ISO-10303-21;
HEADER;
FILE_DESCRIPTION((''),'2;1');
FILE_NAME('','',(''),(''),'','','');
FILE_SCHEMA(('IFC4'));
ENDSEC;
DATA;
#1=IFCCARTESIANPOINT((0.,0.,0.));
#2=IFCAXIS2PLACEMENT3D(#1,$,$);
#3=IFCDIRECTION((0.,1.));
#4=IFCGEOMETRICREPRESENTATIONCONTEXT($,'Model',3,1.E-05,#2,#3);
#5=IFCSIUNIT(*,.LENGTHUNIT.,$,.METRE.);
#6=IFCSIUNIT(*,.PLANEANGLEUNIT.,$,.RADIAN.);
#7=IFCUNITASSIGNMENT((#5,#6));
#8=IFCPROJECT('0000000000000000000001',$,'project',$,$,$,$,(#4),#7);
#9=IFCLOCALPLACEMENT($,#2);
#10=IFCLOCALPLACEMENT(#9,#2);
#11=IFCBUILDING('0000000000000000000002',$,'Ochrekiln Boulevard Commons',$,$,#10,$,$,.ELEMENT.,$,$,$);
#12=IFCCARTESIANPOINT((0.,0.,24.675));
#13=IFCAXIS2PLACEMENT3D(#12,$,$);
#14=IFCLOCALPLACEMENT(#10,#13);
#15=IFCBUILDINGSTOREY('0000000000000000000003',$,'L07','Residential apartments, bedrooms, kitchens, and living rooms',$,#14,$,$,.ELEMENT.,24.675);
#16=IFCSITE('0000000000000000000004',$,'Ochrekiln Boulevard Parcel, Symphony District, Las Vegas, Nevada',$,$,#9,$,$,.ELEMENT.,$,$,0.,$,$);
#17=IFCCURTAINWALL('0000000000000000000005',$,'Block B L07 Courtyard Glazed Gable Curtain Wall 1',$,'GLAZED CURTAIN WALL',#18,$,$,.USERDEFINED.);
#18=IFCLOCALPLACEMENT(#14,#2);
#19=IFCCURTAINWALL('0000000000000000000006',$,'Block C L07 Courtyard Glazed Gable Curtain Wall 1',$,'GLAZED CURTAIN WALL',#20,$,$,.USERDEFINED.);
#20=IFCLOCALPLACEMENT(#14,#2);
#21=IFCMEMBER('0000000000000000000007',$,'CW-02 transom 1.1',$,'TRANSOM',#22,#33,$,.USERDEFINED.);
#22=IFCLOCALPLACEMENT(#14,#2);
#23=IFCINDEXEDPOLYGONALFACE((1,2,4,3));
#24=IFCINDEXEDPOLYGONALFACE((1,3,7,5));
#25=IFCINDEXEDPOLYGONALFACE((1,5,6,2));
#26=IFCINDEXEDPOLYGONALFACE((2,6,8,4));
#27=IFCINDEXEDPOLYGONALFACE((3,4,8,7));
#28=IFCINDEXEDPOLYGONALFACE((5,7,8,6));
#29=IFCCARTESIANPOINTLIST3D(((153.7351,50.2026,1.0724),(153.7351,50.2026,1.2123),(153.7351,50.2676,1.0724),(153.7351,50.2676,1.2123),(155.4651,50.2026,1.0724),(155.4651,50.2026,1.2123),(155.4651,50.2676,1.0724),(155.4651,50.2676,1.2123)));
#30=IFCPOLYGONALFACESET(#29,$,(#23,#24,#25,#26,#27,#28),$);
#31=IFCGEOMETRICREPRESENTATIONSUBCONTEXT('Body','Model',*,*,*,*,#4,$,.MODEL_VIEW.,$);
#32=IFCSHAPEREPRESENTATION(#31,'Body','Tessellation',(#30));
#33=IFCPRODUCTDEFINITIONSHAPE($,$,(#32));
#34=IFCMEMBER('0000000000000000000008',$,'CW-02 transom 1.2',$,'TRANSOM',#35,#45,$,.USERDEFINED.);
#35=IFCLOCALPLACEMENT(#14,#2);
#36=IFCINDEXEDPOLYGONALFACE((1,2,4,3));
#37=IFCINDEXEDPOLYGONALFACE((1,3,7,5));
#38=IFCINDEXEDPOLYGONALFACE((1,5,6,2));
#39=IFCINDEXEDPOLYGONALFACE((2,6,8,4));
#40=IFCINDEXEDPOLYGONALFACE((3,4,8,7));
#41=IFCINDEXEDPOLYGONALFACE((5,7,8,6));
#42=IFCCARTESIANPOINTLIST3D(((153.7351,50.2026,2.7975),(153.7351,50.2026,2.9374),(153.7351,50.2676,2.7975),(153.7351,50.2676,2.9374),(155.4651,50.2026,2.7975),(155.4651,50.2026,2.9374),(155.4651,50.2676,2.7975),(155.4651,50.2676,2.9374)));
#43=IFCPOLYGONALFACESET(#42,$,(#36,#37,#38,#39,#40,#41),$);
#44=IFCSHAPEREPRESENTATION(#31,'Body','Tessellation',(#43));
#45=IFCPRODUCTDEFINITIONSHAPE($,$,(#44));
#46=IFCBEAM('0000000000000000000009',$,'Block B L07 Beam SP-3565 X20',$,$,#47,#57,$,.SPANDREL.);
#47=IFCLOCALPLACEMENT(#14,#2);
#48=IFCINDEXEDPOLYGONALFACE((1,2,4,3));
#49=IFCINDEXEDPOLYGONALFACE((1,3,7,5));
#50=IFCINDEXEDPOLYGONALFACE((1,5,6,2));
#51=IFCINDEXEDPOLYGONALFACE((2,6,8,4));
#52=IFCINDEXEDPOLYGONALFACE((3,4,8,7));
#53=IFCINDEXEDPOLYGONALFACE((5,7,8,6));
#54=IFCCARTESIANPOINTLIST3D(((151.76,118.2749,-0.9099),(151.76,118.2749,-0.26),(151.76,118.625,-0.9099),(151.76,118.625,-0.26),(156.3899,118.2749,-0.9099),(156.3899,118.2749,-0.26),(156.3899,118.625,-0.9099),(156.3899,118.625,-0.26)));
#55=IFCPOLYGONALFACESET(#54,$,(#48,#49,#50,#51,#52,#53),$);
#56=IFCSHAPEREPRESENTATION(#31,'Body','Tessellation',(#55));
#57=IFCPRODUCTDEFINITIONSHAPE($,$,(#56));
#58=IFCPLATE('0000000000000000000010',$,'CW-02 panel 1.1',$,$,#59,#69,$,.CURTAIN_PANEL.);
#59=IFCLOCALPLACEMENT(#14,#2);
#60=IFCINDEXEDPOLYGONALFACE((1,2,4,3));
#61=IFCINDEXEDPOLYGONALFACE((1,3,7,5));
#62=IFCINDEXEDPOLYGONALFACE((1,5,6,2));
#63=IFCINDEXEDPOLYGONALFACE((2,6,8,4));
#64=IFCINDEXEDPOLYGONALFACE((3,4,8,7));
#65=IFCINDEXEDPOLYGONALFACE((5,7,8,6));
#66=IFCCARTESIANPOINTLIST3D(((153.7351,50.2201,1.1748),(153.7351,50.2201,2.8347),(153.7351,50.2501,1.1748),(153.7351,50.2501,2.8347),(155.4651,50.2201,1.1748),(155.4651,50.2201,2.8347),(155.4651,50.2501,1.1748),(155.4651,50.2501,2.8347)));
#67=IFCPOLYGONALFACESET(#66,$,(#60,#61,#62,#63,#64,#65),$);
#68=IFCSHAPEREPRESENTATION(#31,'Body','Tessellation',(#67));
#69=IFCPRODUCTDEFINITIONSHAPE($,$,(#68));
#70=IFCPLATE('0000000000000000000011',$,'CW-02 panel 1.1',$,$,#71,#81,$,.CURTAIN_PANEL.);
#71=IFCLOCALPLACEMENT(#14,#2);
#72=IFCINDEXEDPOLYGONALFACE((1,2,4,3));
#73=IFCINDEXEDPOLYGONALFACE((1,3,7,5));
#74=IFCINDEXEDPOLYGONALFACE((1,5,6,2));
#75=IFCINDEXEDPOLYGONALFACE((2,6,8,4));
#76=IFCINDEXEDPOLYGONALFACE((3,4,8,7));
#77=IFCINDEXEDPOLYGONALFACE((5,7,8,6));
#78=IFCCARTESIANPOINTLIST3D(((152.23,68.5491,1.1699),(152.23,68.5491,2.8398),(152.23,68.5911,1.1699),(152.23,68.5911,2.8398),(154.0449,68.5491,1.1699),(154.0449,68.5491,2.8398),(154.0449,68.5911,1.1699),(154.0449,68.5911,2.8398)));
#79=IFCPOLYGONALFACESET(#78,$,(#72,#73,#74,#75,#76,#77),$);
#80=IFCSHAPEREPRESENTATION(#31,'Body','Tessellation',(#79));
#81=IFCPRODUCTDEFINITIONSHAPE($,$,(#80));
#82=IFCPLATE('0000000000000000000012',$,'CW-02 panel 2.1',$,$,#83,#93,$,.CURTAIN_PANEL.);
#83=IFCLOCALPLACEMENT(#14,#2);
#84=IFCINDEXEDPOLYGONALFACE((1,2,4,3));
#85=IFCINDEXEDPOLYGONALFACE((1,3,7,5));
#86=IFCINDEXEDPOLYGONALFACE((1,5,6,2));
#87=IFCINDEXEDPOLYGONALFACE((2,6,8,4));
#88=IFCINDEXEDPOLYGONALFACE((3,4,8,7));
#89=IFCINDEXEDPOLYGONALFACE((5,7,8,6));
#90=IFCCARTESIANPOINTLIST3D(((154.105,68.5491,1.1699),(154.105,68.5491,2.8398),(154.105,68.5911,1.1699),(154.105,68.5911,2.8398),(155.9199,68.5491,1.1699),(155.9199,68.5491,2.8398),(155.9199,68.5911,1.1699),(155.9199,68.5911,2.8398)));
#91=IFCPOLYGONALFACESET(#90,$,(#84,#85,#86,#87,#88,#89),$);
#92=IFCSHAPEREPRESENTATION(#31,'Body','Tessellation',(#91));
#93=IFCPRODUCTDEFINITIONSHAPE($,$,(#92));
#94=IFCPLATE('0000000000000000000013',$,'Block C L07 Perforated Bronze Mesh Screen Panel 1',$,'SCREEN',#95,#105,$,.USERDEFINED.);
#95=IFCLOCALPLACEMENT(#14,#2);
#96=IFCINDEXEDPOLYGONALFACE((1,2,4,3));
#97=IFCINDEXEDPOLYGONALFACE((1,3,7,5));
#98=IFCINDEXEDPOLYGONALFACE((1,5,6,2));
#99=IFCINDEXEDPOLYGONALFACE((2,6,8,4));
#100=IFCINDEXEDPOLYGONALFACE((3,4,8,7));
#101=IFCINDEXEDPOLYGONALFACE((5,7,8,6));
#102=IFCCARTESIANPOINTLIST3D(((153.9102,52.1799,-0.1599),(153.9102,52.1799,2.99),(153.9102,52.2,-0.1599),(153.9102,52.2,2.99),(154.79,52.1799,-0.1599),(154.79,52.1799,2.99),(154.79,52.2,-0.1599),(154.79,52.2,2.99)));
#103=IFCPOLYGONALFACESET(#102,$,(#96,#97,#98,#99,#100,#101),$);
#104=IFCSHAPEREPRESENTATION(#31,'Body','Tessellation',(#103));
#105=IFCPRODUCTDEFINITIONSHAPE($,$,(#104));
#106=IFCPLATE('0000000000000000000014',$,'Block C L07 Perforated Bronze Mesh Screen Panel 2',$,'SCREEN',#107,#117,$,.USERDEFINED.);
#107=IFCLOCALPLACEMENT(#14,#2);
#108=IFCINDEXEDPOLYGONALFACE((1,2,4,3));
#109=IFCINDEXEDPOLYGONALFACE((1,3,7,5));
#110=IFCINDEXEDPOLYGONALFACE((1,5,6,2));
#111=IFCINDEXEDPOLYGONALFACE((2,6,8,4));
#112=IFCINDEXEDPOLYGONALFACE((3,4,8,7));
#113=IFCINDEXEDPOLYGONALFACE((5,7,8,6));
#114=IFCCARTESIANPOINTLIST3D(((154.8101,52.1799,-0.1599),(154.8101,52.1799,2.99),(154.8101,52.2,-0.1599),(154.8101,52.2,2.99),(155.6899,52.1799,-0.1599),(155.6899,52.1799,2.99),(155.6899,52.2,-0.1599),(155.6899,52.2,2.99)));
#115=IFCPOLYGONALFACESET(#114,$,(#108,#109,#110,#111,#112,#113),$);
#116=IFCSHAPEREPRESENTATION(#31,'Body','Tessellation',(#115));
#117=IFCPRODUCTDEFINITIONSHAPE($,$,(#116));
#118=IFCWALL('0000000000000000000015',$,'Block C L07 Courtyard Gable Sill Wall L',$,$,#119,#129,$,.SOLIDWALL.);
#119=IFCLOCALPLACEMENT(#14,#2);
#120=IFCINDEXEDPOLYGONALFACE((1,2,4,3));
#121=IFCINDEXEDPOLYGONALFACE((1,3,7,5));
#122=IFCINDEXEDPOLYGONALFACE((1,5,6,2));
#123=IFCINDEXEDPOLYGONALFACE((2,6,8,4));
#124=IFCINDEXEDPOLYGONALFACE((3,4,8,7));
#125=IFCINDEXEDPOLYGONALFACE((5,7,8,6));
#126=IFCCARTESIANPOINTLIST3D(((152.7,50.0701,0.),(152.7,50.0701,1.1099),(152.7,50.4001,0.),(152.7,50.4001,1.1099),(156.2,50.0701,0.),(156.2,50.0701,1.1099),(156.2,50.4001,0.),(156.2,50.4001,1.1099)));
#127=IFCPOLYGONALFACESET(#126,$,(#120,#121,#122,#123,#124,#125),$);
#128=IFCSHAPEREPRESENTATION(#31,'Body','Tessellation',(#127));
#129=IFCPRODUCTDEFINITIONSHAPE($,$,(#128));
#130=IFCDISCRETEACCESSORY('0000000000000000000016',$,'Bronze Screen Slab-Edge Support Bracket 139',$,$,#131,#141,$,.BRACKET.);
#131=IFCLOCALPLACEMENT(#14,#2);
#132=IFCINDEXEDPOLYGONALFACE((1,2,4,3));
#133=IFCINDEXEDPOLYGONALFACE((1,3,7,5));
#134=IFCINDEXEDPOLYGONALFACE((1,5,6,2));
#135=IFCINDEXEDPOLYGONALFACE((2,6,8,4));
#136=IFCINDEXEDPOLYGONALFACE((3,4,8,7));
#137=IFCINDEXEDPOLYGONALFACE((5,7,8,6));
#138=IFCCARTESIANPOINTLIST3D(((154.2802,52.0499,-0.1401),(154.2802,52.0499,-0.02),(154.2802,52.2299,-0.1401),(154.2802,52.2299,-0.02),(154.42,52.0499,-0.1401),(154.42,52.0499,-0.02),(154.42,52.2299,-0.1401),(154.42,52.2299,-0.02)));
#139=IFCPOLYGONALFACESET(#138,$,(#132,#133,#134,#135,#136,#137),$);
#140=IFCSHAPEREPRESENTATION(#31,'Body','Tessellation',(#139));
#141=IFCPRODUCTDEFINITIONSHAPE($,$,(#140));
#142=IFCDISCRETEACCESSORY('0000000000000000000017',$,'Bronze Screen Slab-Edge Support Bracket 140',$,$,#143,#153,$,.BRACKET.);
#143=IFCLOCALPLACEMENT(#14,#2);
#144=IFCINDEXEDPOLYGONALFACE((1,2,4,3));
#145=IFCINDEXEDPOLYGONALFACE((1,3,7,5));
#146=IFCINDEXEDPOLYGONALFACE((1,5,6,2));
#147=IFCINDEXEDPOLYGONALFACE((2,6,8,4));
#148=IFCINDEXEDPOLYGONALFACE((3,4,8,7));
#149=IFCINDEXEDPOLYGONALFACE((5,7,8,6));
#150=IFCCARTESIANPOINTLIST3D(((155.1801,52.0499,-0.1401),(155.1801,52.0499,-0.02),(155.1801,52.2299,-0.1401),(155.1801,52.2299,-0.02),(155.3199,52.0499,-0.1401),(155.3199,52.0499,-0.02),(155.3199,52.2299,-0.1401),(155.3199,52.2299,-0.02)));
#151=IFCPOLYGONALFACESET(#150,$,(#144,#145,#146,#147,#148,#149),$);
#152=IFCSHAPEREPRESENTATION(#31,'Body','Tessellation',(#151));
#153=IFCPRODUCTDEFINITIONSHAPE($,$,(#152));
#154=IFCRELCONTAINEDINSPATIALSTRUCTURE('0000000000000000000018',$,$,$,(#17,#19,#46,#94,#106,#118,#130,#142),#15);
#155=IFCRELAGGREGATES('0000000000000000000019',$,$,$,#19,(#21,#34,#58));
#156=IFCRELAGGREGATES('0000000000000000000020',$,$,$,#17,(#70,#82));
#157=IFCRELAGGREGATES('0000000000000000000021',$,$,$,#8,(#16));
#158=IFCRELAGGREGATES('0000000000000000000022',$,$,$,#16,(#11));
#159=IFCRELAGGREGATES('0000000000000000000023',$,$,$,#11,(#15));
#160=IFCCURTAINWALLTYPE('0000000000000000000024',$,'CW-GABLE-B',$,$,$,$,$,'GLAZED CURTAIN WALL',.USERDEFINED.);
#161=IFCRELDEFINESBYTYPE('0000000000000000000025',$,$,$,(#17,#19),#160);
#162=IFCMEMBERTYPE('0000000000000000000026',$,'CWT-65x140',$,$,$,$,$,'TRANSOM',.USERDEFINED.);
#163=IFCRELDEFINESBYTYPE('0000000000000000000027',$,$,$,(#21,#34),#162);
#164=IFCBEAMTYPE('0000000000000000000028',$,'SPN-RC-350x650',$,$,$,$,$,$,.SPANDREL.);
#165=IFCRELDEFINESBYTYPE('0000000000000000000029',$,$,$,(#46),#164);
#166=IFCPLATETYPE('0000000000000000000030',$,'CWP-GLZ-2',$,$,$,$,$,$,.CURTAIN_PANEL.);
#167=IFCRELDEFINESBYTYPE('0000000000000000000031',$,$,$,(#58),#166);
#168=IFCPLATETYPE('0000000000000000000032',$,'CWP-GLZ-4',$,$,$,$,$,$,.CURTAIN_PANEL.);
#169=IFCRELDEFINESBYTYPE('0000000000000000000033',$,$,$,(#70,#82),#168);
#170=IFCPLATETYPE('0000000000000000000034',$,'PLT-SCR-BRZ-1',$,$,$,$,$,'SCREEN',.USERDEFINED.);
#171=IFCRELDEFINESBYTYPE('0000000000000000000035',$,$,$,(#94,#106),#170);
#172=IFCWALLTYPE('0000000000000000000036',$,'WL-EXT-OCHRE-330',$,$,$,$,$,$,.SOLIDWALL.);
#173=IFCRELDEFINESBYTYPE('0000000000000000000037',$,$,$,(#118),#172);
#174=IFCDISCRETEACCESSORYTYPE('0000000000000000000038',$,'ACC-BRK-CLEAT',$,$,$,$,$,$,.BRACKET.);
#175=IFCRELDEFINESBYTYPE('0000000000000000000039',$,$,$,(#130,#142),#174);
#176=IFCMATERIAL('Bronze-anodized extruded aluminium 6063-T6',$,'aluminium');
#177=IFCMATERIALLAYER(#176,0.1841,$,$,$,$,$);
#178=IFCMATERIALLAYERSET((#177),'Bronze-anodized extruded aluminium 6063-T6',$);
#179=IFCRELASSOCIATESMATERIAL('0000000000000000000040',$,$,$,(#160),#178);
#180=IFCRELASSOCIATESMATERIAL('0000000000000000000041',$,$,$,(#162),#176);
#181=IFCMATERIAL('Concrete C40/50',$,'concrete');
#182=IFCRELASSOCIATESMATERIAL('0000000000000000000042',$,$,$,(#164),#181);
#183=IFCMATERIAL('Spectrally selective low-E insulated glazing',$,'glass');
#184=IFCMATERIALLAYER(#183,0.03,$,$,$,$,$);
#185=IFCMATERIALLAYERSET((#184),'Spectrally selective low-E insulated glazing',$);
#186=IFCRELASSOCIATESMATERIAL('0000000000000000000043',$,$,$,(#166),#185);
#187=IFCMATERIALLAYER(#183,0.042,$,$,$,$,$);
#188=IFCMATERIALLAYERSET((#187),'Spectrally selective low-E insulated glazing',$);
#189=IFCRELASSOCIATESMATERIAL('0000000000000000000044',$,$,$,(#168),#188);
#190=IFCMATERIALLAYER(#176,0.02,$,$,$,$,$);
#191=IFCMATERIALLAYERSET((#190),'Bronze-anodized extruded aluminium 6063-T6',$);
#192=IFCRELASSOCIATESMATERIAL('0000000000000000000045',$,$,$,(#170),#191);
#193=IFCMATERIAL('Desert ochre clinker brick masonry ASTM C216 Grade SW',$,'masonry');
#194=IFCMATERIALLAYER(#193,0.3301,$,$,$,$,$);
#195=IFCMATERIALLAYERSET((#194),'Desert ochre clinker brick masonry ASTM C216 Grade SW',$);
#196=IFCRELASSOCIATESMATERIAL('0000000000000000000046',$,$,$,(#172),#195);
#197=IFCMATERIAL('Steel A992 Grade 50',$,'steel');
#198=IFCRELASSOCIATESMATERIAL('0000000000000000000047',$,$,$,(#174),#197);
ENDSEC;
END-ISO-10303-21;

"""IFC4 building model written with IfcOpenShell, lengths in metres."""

from ifc_helpers import new_model, si_unit, direction, frame, frame_2d, origin, origin_2d, place, context, subcontext, project, spatial, rectangle, extrude, material, layer, layer_set, material_profile, profile_set, type_object, element, aggregate, save


model = new_model("IFC4")

# Units and contexts
model_context = context("Model", 3, precision=1e-05, world=origin(), true_north=direction((0.0, 1.0)))
body_context = subcontext(model_context, "Body", "Model", "MODEL_VIEW")
ifc_project = project(units=[si_unit("LENGTHUNIT", "METRE"), si_unit("PLANEANGLEUNIT", "RADIAN")], contexts=[model_context])

# Site, building, storey
site_placement = place(None, origin())
site = spatial("IfcSite", under=ifc_project, at=site_placement, Name="Ochrekiln Boulevard Parcel, Symphony District, Las Vegas, Nevada", CompositionType="ELEMENT", RefElevation=0.0)
building_placement = place(site_placement, origin())
building = spatial("IfcBuilding", under=site, at=building_placement, Name="Ochrekiln Boulevard Commons", CompositionType="ELEMENT")
storey_placement = place(building_placement, frame((0.0, 0.0, 24.675)))
storey = spatial("IfcBuildingStorey", under=building, at=storey_placement, Name="L07", Description="Residential apartments, bedrooms, kitchens, and living rooms", CompositionType="ELEMENT", Elevation=24.675)

# Shared definitions
ifc_material_1 = material(Name="Concrete C40/50", Category="concrete")

# Curtain walls
ifc_material_2 = material(Name="Bronze-anodized extruded aluminium 6063-T6", Category="aluminium")
ifc_layer_1 = layer(ifc_material_2, 0.1841)
ifc_layer_set_1 = layer_set([ifc_layer_1], Name="Bronze-anodized extruded aluminium 6063-T6")
curtain_wall_type = type_object("IfcCurtainWallType", Name="CW-GABLE-B", ElementType="GLAZED CURTAIN WALL", PredefinedType="USERDEFINED", material=ifc_layer_set_1)
curtain_wall_1_placement = place(storey_placement, origin())
curtain_wall_1 = element("IfcCurtainWall", 1, at=curtain_wall_1_placement, inside=storey, type_object=curtain_wall_type, Name="Block B L07 Courtyard Glazed Gable Curtain Wall 1", ObjectType="GLAZED CURTAIN WALL", PredefinedType="USERDEFINED")
curtain_wall_2_placement = place(storey_placement, origin())
curtain_wall_2 = element("IfcCurtainWall", 2, at=curtain_wall_2_placement, inside=storey, type_object=curtain_wall_type, Name="Block C L07 Courtyard Glazed Gable Curtain Wall 1", ObjectType="GLAZED CURTAIN WALL", PredefinedType="USERDEFINED")

# Members
ifc_material_profile_1 = material_profile(ifc_material_2, rectangle(XDim=0.0649, YDim=0.1399, at=origin_2d()), Name="ALU-TRN-65x140")
ifc_profile_set_1 = profile_set([ifc_material_profile_1], Name="Bronze-anodized extruded aluminium 6063-T6")
member_type_1 = type_object("IfcMemberType", Name="CWT-65x140", ElementType="TRANSOM", PredefinedType="USERDEFINED", material=ifc_profile_set_1)
member_1_placement = place(storey_placement, frame((153.7351, 50.2351, 1.1423), z_axis=(1.0, 0.0, 0.0), x_axis=(0.0, 1.0, 0.0)))
member_1 = element("IfcMember", 3, at=member_1_placement, type_object=member_type_1, Name="CW-02 transom 1.1", ObjectType="TRANSOM", PredefinedType="USERDEFINED", context=body_context, shape_type="SweptSolid", body=[
    extrude(rectangle(XDim=0.0649, YDim=0.1399, at=origin_2d()), origin(), (0.0, 0.0, 1.0), 1.73),
])
member_2_placement = place(storey_placement, frame((153.7351, 50.2351, 2.8674), z_axis=(1.0, 0.0, 0.0), x_axis=(0.0, 1.0, 0.0)))
member_2 = element("IfcMember", 4, at=member_2_placement, type_object=member_type_1, Name="CW-02 transom 1.2", ObjectType="TRANSOM", PredefinedType="USERDEFINED", context=body_context, shape_type="SweptSolid", body=[
    extrude(rectangle(XDim=0.0649, YDim=0.1399, at=origin_2d()), origin(), (0.0, 0.0, 1.0), 1.73),
])

# Beam
ifc_material_profile_2 = material_profile(ifc_material_1, rectangle(XDim=0.3501, YDim=0.6499, at=origin_2d()), Name="RC-SPN-350x650")
ifc_profile_set_2 = profile_set([ifc_material_profile_2], Name="Concrete C40/50")
beam_type_1 = type_object("IfcBeamType", Name="SPN-RC-350x650", PredefinedType="SPANDREL", material=ifc_profile_set_2)
beam_1_placement = place(storey_placement, frame((151.76, 118.45, -0.585), z_axis=(1.0, 0.0, 0.0), x_axis=(0.0, 1.0, 0.0)))
element("IfcBeam", 5, at=beam_1_placement, inside=storey, type_object=beam_type_1, Name="Block B L07 Beam SP-3565 X20", PredefinedType="SPANDREL", context=body_context, shape_type="SweptSolid", body=[
    extrude(rectangle(XDim=0.3501, YDim=0.6499, at=origin_2d()), origin(), (0.0, 0.0, 1.0), 4.6299),
])

# Plates
ifc_material_3 = material(Name="Spectrally selective low-E insulated glazing", Category="glass")
ifc_layer_2 = layer(ifc_material_3, 0.03)
ifc_layer_set_2 = layer_set([ifc_layer_2], Name="Spectrally selective low-E insulated glazing")
plate_type_1 = type_object("IfcPlateType", Name="CWP-GLZ-2", PredefinedType="CURTAIN_PANEL", material=ifc_layer_set_2)
plate_1_placement = place(storey_placement, frame((154.6001, 50.2351, 1.1748), z_axis=(0.0, 0.0, 1.0), x_axis=(1.0, 0.0, 0.0)))
plate_1 = element("IfcPlate", 6, at=plate_1_placement, type_object=plate_type_1, Name="CW-02 panel 1.1", PredefinedType="CURTAIN_PANEL", context=body_context, shape_type="SweptSolid", body=[
    extrude(rectangle(XDim=1.73, YDim=0.03, at=origin_2d()), origin(), (0.0, 0.0, 1.0), 1.6599),
])
aggregate(curtain_wall_2, [member_1, member_2, plate_1])
ifc_layer_3 = layer(ifc_material_3, 0.042)
ifc_layer_set_3 = layer_set([ifc_layer_3], Name="Spectrally selective low-E insulated glazing")
plate_type_2 = type_object("IfcPlateType", Name="CWP-GLZ-4", PredefinedType="CURTAIN_PANEL", material=ifc_layer_set_3)
plate_2_placement = place(storey_placement, frame((153.1375, 68.5701, 1.1699), z_axis=(0.0, 0.0, 1.0), x_axis=(1.0, 0.0, 0.0)))
plate_2 = element("IfcPlate", 7, at=plate_2_placement, type_object=plate_type_2, Name="CW-02 panel 1.1", PredefinedType="CURTAIN_PANEL", context=body_context, shape_type="SweptSolid", body=[
    extrude(rectangle(XDim=1.8149, YDim=0.042, at=origin_2d()), origin(), (0.0, 0.0, 1.0), 1.6699),
])
plate_3_placement = place(storey_placement, frame((155.0125, 68.5701, 1.1699), z_axis=(0.0, 0.0, 1.0), x_axis=(1.0, 0.0, 0.0)))
plate_3 = element("IfcPlate", 8, at=plate_3_placement, type_object=plate_type_2, Name="CW-02 panel 2.1", PredefinedType="CURTAIN_PANEL", context=body_context, shape_type="SweptSolid", body=[
    extrude(rectangle(XDim=1.8149, YDim=0.042, at=origin_2d()), origin(), (0.0, 0.0, 1.0), 1.6699),
])
aggregate(curtain_wall_1, [plate_2, plate_3])

# Plates
ifc_layer_4 = layer(ifc_material_2, 0.02)
ifc_layer_set_4 = layer_set([ifc_layer_4], Name="Bronze-anodized extruded aluminium 6063-T6")
plate_type_3 = type_object("IfcPlateType", Name="PLT-SCR-BRZ-1", ElementType="SCREEN", PredefinedType="USERDEFINED", material=ifc_layer_set_4)
for number, where, z_axis, x_axis, name in (
    (9, (154.3501, 52.1899, -0.1599), (0.0, 0.0, 1.0), (1.0, 0.0, 0.0), "Block C L07 Perforated Bronze Mesh Screen Panel 1"),
    (10, (155.25, 52.1899, -0.1599), (0.0, 0.0, 1.0), (1.0, 0.0, 0.0), "Block C L07 Perforated Bronze Mesh Screen Panel 2"),
):
    element("IfcPlate", number, at=place(storey_placement, frame(where, z_axis=z_axis, x_axis=x_axis)), inside=storey, type_object=plate_type_3, Name=name, ObjectType="SCREEN", PredefinedType="USERDEFINED", context=body_context, shape_type="SweptSolid", body=[
        extrude(rectangle(XDim=0.8799, YDim=0.02, at=origin_2d()), origin(), (0.0, 0.0, 1.0), 3.1499),
    ])

# Wall
ifc_material_4 = material(Name="Desert ochre clinker brick masonry ASTM C216 Grade SW", Category="masonry")
ifc_layer_5 = layer(ifc_material_4, 0.3301)
ifc_layer_set_5 = layer_set([ifc_layer_5], Name="Desert ochre clinker brick masonry ASTM C216 Grade SW")
wall_type = type_object("IfcWallType", Name="WL-EXT-OCHRE-330", PredefinedType="SOLIDWALL", material=ifc_layer_set_5)
wall_placement = place(storey_placement, frame((152.7, 50.2351, 0.0), z_axis=(0.0, 0.0, 1.0), x_axis=(1.0, 0.0, 0.0)))
element("IfcWall", 11, at=wall_placement, inside=storey, type_object=wall_type, Name="Block C L07 Courtyard Gable Sill Wall L", PredefinedType="SOLIDWALL", context=body_context, shape_type="SweptSolid", body=[
    extrude(rectangle(XDim=3.5, YDim=0.3301, at=frame_2d((1.75, 0.0))), origin(), (0.0, 0.0, 1.0), 1.1099),
])

# Discrete accessories
ifc_material_5 = material(Name="Steel A992 Grade 50", Category="steel")
discrete_accessory_type = type_object("IfcDiscreteAccessoryType", Name="ACC-BRK-CLEAT", PredefinedType="BRACKET", material=ifc_material_5)
for number, where, z_axis, x_axis, name in (
    (12, (154.3501, 52.1399, -0.1401), (0.0, 0.0, 1.0), (1.0, 0.0, 0.0), "Bronze Screen Slab-Edge Support Bracket 139"),
    (13, (155.25, 52.1399, -0.1401), (0.0, 0.0, 1.0), (1.0, 0.0, 0.0), "Bronze Screen Slab-Edge Support Bracket 140"),
):
    element("IfcDiscreteAccessory", number, at=place(storey_placement, frame(where, z_axis=z_axis, x_axis=x_axis)), inside=storey, type_object=discrete_accessory_type, Name=name, PredefinedType="BRACKET", context=body_context, shape_type="SweptSolid", body=[
        extrude(rectangle(XDim=0.1399, YDim=0.1799, at=origin_2d()), origin(), (0.0, 0.0, 1.0), 0.1201),
    ])

save(model, "model.ifc")
